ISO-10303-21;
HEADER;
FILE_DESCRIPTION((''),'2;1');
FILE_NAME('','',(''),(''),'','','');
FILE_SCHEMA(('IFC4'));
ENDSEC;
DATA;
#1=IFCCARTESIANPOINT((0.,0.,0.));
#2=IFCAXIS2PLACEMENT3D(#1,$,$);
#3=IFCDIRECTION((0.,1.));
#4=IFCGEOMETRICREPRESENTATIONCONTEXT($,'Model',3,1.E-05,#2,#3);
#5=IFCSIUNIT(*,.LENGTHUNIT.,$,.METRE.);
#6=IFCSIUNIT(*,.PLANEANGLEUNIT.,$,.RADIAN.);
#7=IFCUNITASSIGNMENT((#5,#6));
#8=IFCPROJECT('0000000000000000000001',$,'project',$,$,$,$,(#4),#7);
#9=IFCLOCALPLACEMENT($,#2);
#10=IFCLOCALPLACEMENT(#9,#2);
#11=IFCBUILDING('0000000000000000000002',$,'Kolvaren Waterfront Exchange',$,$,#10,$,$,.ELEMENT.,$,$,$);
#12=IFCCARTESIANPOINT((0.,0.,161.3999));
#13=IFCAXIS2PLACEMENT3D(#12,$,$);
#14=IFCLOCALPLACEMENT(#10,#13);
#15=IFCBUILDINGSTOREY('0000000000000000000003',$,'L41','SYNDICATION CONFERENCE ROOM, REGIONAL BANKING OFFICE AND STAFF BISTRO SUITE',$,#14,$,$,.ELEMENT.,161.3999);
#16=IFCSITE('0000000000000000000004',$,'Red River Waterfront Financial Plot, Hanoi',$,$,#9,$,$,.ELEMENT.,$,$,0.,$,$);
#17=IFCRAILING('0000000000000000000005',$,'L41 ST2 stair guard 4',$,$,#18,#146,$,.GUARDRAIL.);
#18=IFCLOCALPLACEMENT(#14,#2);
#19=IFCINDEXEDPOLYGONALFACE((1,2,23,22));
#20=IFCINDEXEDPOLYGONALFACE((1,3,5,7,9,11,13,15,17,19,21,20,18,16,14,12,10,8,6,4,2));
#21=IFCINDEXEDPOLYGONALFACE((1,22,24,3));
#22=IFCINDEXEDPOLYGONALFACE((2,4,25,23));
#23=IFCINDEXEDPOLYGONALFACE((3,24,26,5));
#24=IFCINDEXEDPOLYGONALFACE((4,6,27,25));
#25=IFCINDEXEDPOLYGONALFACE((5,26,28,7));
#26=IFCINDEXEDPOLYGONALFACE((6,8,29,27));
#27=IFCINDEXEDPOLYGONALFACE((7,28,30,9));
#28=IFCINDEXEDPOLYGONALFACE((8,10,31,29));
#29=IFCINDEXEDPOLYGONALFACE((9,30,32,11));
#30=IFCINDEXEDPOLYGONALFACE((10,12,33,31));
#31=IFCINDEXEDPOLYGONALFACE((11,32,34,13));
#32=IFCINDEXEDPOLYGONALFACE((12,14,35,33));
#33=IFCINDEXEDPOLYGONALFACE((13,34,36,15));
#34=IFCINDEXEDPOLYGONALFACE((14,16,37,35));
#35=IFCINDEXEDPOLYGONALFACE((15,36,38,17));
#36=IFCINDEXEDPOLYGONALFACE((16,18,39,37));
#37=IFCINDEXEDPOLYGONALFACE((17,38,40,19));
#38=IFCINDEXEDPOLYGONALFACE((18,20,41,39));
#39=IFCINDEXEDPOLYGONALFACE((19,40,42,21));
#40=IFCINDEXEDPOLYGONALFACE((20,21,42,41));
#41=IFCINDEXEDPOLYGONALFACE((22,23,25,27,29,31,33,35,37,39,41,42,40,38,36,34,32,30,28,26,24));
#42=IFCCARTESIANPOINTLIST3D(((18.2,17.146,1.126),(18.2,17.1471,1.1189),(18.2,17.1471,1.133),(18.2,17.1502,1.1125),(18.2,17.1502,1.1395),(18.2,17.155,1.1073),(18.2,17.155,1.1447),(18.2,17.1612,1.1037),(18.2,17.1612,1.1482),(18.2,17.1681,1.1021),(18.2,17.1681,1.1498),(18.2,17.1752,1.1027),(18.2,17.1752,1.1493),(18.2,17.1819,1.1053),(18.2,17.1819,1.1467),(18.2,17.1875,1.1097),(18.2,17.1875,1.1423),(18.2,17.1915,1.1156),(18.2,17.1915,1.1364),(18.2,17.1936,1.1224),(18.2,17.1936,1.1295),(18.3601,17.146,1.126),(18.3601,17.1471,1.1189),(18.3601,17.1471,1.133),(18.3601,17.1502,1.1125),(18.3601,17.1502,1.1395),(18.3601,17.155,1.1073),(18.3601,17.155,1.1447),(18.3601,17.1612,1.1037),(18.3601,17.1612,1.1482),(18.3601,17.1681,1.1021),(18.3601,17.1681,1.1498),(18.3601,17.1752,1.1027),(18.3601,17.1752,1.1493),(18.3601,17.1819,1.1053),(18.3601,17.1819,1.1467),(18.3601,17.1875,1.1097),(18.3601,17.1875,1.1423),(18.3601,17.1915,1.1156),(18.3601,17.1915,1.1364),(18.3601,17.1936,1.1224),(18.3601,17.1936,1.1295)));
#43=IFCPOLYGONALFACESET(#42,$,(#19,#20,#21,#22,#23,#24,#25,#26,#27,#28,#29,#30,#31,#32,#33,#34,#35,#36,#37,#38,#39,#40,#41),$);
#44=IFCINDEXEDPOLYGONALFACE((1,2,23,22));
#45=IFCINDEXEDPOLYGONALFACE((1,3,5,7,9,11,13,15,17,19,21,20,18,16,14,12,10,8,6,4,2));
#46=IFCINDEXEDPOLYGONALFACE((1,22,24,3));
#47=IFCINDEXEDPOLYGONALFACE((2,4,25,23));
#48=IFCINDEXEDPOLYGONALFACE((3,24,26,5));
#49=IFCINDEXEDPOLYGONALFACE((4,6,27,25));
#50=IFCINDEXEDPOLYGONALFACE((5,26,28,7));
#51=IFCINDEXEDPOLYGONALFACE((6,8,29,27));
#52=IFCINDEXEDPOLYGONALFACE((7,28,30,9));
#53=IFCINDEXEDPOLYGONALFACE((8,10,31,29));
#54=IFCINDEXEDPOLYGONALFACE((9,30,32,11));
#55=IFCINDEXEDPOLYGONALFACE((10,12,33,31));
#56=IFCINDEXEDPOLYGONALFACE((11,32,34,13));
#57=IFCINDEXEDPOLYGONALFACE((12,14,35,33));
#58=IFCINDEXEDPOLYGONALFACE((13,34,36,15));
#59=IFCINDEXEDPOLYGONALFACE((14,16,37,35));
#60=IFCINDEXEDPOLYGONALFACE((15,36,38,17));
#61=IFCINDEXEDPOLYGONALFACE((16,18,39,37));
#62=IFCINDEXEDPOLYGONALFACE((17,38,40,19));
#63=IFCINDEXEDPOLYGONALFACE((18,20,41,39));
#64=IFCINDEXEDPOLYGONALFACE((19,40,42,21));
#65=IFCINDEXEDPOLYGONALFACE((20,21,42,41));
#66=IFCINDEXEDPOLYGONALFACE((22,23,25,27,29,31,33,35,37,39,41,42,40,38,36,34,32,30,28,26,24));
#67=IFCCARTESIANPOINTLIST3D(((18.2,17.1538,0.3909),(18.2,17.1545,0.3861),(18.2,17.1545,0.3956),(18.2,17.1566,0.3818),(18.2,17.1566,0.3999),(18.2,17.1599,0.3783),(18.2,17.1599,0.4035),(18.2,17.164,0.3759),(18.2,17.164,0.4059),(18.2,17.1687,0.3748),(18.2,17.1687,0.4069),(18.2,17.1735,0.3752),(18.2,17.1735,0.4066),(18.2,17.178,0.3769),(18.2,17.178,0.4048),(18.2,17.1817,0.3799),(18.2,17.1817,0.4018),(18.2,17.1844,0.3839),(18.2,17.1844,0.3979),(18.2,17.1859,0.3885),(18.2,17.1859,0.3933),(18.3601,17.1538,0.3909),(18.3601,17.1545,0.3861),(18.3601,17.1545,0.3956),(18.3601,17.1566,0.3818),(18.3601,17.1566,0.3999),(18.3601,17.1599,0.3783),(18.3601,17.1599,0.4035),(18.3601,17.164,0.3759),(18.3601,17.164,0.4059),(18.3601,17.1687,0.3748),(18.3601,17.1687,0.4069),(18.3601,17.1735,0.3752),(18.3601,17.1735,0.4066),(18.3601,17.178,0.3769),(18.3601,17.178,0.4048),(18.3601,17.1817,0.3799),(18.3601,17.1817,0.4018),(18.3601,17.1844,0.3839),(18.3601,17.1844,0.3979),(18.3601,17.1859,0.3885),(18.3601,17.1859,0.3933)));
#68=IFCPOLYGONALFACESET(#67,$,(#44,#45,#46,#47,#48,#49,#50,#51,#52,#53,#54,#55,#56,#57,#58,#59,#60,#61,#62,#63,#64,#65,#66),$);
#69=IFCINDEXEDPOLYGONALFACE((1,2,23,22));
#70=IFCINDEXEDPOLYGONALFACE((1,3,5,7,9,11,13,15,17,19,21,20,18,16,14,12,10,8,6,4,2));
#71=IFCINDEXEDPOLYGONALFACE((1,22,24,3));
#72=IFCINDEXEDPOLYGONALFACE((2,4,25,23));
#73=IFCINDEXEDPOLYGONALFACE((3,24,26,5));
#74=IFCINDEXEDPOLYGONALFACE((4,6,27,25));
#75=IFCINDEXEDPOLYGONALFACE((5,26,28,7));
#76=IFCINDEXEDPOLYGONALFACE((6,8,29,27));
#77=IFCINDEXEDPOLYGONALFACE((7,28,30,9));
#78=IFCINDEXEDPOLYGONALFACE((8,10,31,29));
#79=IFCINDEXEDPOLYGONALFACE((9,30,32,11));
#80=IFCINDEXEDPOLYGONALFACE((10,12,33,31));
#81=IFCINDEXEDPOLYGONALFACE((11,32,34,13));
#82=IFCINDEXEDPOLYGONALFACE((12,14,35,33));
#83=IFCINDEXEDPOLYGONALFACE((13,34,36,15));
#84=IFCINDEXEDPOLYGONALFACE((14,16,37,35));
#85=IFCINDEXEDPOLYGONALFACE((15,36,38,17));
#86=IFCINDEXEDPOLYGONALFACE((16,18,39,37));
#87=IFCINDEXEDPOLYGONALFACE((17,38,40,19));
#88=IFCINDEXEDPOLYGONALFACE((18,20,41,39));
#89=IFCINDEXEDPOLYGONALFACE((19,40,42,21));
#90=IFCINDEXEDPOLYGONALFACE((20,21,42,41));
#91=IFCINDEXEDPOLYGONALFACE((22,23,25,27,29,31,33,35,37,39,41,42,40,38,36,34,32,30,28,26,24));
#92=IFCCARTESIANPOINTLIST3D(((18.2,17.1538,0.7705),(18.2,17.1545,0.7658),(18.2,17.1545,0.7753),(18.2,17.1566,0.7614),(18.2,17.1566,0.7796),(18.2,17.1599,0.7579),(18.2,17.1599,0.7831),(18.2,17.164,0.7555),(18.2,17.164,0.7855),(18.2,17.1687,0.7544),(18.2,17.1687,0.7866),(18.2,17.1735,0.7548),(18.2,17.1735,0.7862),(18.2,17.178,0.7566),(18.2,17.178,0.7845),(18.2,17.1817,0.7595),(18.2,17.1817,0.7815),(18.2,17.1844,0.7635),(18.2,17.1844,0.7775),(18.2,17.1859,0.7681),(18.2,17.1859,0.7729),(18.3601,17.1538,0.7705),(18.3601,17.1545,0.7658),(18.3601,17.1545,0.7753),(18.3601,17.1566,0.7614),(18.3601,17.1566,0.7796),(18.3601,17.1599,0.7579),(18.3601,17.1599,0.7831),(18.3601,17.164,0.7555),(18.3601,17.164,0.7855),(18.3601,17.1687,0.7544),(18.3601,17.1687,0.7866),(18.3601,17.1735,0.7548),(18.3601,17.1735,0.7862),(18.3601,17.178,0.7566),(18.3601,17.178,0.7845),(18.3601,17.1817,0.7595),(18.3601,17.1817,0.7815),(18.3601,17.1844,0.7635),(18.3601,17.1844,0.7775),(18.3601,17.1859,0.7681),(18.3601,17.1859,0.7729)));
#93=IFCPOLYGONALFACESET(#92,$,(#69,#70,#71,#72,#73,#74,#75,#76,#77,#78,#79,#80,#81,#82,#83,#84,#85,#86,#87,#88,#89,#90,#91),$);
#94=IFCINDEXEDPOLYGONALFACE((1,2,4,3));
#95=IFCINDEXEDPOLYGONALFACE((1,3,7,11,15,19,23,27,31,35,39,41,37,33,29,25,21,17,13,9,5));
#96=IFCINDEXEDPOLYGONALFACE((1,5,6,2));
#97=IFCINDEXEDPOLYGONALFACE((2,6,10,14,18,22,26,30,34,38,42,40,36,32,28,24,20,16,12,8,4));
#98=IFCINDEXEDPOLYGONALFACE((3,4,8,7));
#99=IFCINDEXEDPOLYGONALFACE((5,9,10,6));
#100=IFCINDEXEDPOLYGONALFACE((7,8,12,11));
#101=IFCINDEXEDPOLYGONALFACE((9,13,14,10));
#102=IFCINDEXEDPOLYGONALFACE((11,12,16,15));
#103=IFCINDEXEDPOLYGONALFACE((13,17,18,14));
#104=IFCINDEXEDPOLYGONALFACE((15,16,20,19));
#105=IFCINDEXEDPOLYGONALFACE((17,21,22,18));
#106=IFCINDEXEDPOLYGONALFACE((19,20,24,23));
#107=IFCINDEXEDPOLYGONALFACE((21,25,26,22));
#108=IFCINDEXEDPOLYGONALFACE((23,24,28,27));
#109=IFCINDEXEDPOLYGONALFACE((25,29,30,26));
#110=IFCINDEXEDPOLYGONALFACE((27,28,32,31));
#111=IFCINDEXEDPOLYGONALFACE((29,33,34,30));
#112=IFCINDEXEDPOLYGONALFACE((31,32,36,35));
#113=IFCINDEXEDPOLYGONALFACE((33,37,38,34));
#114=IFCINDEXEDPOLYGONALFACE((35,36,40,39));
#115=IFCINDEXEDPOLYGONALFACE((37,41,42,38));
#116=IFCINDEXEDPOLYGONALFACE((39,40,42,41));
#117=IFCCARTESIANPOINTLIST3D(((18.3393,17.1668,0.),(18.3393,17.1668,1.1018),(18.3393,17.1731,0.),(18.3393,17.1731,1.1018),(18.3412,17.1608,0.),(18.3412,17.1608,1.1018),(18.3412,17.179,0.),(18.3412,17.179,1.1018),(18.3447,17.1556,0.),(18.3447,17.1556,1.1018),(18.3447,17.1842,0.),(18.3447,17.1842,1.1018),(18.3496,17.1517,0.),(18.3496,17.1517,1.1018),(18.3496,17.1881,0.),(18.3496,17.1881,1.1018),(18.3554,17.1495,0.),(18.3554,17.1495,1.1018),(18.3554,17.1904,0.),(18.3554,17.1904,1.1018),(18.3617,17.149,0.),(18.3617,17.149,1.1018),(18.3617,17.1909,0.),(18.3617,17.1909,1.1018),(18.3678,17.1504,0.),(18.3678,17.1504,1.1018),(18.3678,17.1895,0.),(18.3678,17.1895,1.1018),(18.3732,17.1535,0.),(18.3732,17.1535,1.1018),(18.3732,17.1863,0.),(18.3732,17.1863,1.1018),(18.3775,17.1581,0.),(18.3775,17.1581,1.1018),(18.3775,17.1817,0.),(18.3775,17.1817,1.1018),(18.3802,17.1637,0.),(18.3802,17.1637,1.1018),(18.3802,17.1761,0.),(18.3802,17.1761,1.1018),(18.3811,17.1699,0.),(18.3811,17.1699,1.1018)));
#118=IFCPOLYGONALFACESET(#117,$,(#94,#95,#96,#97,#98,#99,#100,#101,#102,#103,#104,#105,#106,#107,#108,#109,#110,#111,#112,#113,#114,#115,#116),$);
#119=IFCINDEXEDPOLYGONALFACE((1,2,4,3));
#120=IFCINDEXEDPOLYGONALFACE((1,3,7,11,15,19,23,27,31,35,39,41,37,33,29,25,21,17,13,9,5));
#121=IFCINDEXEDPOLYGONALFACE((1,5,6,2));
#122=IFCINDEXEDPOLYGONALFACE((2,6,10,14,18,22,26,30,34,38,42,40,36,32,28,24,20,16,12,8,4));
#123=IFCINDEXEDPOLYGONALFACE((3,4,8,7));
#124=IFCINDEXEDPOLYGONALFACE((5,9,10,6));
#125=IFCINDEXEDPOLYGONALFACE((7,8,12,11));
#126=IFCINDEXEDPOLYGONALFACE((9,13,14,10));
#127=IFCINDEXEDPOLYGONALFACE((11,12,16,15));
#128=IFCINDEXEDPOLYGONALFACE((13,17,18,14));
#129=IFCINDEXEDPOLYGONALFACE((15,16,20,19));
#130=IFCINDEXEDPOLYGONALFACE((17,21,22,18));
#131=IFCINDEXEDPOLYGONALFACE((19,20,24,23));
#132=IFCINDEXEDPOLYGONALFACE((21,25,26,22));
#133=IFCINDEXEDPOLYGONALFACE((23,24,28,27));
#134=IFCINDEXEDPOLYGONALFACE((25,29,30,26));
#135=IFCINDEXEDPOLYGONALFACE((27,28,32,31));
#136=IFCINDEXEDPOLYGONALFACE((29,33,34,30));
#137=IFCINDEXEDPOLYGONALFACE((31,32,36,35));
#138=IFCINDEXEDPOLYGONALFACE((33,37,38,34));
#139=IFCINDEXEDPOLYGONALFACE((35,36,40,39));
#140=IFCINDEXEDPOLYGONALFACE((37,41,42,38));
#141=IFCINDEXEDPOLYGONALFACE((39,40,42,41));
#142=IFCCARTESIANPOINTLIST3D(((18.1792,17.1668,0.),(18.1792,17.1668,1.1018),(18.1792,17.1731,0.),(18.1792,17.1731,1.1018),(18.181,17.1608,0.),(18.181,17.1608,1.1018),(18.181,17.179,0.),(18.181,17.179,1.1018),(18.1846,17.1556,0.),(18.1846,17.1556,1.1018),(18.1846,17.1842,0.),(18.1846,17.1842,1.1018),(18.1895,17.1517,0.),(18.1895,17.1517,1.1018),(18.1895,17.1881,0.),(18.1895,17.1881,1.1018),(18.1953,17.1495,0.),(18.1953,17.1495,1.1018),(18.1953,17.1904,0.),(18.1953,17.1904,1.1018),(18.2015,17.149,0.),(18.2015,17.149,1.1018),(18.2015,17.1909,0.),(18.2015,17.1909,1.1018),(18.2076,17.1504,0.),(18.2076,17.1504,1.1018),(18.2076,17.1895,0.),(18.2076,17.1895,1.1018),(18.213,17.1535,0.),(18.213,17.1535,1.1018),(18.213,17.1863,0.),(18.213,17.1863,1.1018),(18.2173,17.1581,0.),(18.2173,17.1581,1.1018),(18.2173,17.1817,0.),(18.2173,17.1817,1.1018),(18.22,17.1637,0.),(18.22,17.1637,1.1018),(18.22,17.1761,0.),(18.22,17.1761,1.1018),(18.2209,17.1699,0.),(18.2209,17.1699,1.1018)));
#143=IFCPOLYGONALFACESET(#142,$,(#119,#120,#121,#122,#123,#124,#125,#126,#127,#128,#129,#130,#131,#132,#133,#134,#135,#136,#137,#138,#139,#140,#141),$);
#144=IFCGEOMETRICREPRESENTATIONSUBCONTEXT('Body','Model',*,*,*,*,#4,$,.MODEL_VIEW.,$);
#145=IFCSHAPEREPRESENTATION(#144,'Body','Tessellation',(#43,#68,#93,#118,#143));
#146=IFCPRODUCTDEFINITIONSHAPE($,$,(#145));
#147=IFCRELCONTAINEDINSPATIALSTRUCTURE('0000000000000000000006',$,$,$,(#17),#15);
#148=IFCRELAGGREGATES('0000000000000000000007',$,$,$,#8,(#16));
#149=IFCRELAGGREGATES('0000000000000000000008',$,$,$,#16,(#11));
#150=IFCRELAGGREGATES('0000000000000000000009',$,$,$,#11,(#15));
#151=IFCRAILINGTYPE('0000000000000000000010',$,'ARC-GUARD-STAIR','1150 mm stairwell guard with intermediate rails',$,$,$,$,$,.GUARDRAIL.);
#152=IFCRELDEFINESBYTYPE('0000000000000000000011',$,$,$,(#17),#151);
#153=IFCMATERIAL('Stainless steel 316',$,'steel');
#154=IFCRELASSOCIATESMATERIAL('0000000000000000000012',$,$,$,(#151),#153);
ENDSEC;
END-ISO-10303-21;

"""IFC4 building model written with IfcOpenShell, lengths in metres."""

from ifc_helpers import new_model, si_unit, direction, frame, origin, origin_2d, place, context, subcontext, project, spatial, circle, extrude, material, type_object, element, save


model = new_model("IFC4")

# Units and contexts
model_context = context("Model", 3, precision=1e-05, world=origin(), true_north=direction((0.0, 1.0)))
body_context = subcontext(model_context, "Body", "Model", "MODEL_VIEW")
ifc_project = project(units=[si_unit("LENGTHUNIT", "METRE"), si_unit("PLANEANGLEUNIT", "RADIAN")], contexts=[model_context])

# Site, building, storey
site_placement = place(None, origin())
site = spatial("IfcSite", under=ifc_project, at=site_placement, Name="Red River Waterfront Financial Plot, Hanoi", CompositionType="ELEMENT", RefElevation=0.0)
building_placement = place(site_placement, origin())
building = spatial("IfcBuilding", under=site, at=building_placement, Name="Kolvaren Waterfront Exchange", CompositionType="ELEMENT")
storey_placement = place(building_placement, frame((0.0, 0.0, 161.3999)))
storey = spatial("IfcBuildingStorey", under=building, at=storey_placement, Name="L41", Description="SYNDICATION CONFERENCE ROOM, REGIONAL BANKING OFFICE AND STAFF BISTRO SUITE", CompositionType="ELEMENT", Elevation=161.3999)

# Railing
ifc_material_1 = material(Name="Stainless steel 316", Category="steel")
railing_type_1 = type_object("IfcRailingType", Name="ARC-GUARD-STAIR", Description="1150 mm stairwell guard with intermediate rails", PredefinedType="GUARDRAIL", material=ifc_material_1)
railing_1_placement = place(storey_placement, frame((18.3601, 17.1699, 0.0)))
element("IfcRailing", 1, at=railing_1_placement, inside=storey, type_object=railing_type_1, Name="L41 ST2 stair guard 4", PredefinedType="GUARDRAIL", context=body_context, shape_type="SweptSolid", body=[
    extrude(circle(Radius=0.0239, at=origin_2d()), frame((0.0, 0.0, 1.126), z_axis=(-1.0, 0.0, 0.0), x_axis=(0.0, -1.0, 0.0)), (0.0, 0.0, 1.0), 0.1602),
    extrude(circle(Radius=0.0161, at=origin_2d()), frame((0.0, 0.0, 0.3909), z_axis=(-1.0, 0.0, 0.0), x_axis=(0.0, -1.0, 0.0)), (0.0, 0.0, 1.0), 0.1602),
    extrude(circle(Radius=0.0161, at=origin_2d()), frame((0.0, 0.0, 0.7705), z_axis=(-1.0, 0.0, 0.0), x_axis=(0.0, -1.0, 0.0)), (0.0, 0.0, 1.0), 0.1602),
    extrude(circle(Radius=0.021, at=origin_2d()), origin(), (0.0, 0.0, 1.0), 1.1018),
    extrude(circle(Radius=0.021, at=origin_2d()), frame((-0.1602, 0.0, 0.0)), (0.0, 0.0, 1.0), 1.1018),
])

save(model, "model.ifc")
